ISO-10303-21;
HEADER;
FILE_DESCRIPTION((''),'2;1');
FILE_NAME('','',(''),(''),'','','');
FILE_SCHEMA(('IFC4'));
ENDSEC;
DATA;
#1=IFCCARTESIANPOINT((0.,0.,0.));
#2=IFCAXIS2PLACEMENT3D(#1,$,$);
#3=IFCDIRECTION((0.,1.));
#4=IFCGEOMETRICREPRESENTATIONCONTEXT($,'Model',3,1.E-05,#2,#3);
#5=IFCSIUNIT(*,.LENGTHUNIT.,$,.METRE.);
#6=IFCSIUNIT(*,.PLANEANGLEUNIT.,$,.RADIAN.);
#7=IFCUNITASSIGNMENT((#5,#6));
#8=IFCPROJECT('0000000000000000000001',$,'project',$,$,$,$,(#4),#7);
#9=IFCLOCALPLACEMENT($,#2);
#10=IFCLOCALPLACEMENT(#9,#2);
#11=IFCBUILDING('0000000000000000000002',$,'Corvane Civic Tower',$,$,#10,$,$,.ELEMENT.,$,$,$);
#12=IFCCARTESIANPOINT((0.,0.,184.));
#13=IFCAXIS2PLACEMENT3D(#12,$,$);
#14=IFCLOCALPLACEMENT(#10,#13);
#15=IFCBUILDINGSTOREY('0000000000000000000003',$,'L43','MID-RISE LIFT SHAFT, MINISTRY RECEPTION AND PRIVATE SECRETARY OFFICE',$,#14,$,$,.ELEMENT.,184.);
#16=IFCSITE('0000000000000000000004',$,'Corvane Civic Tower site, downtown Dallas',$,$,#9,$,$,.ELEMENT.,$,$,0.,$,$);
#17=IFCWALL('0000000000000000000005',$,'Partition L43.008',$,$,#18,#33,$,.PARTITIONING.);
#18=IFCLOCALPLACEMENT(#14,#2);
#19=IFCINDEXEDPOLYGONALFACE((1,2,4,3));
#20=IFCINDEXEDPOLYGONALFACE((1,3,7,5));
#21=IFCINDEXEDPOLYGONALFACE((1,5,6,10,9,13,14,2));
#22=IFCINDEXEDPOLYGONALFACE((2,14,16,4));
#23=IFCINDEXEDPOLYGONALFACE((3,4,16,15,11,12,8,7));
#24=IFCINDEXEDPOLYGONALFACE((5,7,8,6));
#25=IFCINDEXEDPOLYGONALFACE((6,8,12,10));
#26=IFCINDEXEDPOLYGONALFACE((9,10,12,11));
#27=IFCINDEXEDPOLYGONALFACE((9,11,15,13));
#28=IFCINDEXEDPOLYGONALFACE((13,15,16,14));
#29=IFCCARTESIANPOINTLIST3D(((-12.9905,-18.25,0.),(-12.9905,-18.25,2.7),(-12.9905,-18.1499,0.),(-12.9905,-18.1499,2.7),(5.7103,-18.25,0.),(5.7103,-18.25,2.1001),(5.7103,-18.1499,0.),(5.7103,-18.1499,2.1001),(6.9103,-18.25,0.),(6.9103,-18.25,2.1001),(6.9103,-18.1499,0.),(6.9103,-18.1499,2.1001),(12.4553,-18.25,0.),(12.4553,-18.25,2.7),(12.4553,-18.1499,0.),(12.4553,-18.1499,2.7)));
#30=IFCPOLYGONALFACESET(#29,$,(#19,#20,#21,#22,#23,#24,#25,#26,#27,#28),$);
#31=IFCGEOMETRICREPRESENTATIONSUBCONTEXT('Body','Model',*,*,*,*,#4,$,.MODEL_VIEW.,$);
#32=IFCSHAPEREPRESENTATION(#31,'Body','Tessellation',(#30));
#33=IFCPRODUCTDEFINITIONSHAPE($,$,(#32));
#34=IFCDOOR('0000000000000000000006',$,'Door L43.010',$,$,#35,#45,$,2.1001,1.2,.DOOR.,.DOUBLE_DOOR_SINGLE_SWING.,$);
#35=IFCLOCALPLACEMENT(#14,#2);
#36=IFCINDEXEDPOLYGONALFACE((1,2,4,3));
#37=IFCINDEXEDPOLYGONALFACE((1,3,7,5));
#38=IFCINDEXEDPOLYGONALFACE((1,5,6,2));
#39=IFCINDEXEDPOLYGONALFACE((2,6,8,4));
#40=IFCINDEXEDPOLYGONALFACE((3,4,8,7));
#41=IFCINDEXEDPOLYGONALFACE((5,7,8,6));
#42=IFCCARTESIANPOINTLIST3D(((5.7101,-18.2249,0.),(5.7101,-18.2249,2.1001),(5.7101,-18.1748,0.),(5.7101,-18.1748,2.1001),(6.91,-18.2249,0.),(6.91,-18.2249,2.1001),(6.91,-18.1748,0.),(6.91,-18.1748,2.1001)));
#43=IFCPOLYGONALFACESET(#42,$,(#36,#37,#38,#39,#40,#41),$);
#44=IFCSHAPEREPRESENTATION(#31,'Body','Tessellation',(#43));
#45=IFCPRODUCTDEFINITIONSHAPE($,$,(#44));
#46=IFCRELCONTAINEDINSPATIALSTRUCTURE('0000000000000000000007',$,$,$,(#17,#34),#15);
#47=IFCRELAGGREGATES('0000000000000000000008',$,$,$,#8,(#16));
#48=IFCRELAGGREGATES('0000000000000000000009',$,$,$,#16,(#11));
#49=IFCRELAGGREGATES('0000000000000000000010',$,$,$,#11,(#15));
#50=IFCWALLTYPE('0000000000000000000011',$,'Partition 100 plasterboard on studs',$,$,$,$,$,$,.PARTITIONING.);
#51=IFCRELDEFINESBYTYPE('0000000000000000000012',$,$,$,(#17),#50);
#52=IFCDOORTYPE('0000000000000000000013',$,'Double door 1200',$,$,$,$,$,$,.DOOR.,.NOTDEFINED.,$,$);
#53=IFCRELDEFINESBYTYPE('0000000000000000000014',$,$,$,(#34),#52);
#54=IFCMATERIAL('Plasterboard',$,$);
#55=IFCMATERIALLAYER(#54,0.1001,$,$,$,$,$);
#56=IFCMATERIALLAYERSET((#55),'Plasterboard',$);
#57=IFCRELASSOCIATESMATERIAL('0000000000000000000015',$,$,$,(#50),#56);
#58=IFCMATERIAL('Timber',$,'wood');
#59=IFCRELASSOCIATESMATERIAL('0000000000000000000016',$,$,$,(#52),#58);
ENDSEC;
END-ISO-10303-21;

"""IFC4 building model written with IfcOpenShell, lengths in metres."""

from ifc_helpers import new_model, si_unit, direction, frame, frame_2d, origin, place, context, subcontext, project, spatial, rectangle, extrude, material, layer, layer_set, type_object, element, fill, save


model = new_model("IFC4")

# Units and contexts
model_context = context("Model", 3, precision=1e-05, world=origin(), true_north=direction((0.0, 1.0)))
body_context = subcontext(model_context, "Body", "Model", "MODEL_VIEW")
ifc_project = project(units=[si_unit("LENGTHUNIT", "METRE"), si_unit("PLANEANGLEUNIT", "RADIAN")], contexts=[model_context])

# Site, building, storey
site_placement = place(None, origin())
site = spatial("IfcSite", under=ifc_project, at=site_placement, Name="Corvane Civic Tower site, downtown Dallas", CompositionType="ELEMENT", RefElevation=0.0)
building_placement = place(site_placement, origin())
building = spatial("IfcBuilding", under=site, at=building_placement, Name="Corvane Civic Tower", CompositionType="ELEMENT")
storey_placement = place(building_placement, frame((0.0, 0.0, 184.0)))
storey = spatial("IfcBuildingStorey", under=building, at=storey_placement, Name="L43", Description="MID-RISE LIFT SHAFT, MINISTRY RECEPTION AND PRIVATE SECRETARY OFFICE", CompositionType="ELEMENT", Elevation=184.0)

# Shared definitions
ifc_material_1 = material(Name="Plasterboard")
ifc_layer_1 = layer(ifc_material_1, 0.1001)
ifc_layer_set_1 = layer_set([ifc_layer_1], Name="Plasterboard")
wall_type = type_object("IfcWallType", Name="Partition 100 plasterboard on studs", PredefinedType="PARTITIONING", material=ifc_layer_set_1)

# Wall, opening, door
wall_1_placement = place(storey_placement, frame((-12.9905, -18.2, 0.0), z_axis=(0.0, 0.0, 1.0), x_axis=(1.0, 0.0, 0.0)))
wall_1 = element("IfcWall", 1, at=wall_1_placement, inside=storey, type_object=wall_type, Name="Partition L43.008", PredefinedType="PARTITIONING", context=body_context, shape_type="SweptSolid", body=[
    extrude(rectangle(XDim=25.4458, YDim=0.1001, at=frame_2d((12.7229, 0.0))), origin(), (0.0, 0.0, 1.0), 2.7),
])
opening_1_placement = place(wall_1_placement, frame((18.7007, 0.0, 0.0)))
opening_1 = element("IfcOpeningElement", 2, at=opening_1_placement, cuts=wall_1, PredefinedType="OPENING", context=body_context, shape_type="SweptSolid", body=[
    extrude(rectangle(XDim=1.2, YDim=2.1001, at=frame_2d((0.6001, 1.05))), frame((0.0, 0.0601, 0.0), z_axis=(0.0, -1.0, 0.0), x_axis=(1.0, 0.0, 0.0)), (0.0, 0.0, 1.0), 0.1201),
])
ifc_material_2 = material(Name="Timber", Category="wood")
door_type_1 = type_object("IfcDoorType", Name="Double door 1200", OperationType="NOTDEFINED", PredefinedType="DOOR", material=ifc_material_2)
door_1_placement = place(opening_1_placement, frame((1.2, 0.0, 0.0), z_axis=(0.0, 0.0, 1.0), x_axis=(-1.0, 0.0, 0.0)))
door_1 = element("IfcDoor", 3, at=door_1_placement, inside=storey, type_object=door_type_1, Name="Door L43.010", OperationType="DOUBLE_DOOR_SINGLE_SWING", OverallHeight=2.1001, OverallWidth=1.2, PredefinedType="DOOR", context=body_context, shape_type="SweptSolid", body=[
    extrude(rectangle(XDim=1.2, YDim=2.1001, at=frame_2d((0.6001, 1.05))), frame((0.0, 0.0249, 0.0), z_axis=(0.0, -1.0, 0.0), x_axis=(1.0, 0.0, 0.0)), (0.0, 0.0, 1.0), 0.05),
])
fill(opening_1, door_1)

save(model, "model.ifc")
